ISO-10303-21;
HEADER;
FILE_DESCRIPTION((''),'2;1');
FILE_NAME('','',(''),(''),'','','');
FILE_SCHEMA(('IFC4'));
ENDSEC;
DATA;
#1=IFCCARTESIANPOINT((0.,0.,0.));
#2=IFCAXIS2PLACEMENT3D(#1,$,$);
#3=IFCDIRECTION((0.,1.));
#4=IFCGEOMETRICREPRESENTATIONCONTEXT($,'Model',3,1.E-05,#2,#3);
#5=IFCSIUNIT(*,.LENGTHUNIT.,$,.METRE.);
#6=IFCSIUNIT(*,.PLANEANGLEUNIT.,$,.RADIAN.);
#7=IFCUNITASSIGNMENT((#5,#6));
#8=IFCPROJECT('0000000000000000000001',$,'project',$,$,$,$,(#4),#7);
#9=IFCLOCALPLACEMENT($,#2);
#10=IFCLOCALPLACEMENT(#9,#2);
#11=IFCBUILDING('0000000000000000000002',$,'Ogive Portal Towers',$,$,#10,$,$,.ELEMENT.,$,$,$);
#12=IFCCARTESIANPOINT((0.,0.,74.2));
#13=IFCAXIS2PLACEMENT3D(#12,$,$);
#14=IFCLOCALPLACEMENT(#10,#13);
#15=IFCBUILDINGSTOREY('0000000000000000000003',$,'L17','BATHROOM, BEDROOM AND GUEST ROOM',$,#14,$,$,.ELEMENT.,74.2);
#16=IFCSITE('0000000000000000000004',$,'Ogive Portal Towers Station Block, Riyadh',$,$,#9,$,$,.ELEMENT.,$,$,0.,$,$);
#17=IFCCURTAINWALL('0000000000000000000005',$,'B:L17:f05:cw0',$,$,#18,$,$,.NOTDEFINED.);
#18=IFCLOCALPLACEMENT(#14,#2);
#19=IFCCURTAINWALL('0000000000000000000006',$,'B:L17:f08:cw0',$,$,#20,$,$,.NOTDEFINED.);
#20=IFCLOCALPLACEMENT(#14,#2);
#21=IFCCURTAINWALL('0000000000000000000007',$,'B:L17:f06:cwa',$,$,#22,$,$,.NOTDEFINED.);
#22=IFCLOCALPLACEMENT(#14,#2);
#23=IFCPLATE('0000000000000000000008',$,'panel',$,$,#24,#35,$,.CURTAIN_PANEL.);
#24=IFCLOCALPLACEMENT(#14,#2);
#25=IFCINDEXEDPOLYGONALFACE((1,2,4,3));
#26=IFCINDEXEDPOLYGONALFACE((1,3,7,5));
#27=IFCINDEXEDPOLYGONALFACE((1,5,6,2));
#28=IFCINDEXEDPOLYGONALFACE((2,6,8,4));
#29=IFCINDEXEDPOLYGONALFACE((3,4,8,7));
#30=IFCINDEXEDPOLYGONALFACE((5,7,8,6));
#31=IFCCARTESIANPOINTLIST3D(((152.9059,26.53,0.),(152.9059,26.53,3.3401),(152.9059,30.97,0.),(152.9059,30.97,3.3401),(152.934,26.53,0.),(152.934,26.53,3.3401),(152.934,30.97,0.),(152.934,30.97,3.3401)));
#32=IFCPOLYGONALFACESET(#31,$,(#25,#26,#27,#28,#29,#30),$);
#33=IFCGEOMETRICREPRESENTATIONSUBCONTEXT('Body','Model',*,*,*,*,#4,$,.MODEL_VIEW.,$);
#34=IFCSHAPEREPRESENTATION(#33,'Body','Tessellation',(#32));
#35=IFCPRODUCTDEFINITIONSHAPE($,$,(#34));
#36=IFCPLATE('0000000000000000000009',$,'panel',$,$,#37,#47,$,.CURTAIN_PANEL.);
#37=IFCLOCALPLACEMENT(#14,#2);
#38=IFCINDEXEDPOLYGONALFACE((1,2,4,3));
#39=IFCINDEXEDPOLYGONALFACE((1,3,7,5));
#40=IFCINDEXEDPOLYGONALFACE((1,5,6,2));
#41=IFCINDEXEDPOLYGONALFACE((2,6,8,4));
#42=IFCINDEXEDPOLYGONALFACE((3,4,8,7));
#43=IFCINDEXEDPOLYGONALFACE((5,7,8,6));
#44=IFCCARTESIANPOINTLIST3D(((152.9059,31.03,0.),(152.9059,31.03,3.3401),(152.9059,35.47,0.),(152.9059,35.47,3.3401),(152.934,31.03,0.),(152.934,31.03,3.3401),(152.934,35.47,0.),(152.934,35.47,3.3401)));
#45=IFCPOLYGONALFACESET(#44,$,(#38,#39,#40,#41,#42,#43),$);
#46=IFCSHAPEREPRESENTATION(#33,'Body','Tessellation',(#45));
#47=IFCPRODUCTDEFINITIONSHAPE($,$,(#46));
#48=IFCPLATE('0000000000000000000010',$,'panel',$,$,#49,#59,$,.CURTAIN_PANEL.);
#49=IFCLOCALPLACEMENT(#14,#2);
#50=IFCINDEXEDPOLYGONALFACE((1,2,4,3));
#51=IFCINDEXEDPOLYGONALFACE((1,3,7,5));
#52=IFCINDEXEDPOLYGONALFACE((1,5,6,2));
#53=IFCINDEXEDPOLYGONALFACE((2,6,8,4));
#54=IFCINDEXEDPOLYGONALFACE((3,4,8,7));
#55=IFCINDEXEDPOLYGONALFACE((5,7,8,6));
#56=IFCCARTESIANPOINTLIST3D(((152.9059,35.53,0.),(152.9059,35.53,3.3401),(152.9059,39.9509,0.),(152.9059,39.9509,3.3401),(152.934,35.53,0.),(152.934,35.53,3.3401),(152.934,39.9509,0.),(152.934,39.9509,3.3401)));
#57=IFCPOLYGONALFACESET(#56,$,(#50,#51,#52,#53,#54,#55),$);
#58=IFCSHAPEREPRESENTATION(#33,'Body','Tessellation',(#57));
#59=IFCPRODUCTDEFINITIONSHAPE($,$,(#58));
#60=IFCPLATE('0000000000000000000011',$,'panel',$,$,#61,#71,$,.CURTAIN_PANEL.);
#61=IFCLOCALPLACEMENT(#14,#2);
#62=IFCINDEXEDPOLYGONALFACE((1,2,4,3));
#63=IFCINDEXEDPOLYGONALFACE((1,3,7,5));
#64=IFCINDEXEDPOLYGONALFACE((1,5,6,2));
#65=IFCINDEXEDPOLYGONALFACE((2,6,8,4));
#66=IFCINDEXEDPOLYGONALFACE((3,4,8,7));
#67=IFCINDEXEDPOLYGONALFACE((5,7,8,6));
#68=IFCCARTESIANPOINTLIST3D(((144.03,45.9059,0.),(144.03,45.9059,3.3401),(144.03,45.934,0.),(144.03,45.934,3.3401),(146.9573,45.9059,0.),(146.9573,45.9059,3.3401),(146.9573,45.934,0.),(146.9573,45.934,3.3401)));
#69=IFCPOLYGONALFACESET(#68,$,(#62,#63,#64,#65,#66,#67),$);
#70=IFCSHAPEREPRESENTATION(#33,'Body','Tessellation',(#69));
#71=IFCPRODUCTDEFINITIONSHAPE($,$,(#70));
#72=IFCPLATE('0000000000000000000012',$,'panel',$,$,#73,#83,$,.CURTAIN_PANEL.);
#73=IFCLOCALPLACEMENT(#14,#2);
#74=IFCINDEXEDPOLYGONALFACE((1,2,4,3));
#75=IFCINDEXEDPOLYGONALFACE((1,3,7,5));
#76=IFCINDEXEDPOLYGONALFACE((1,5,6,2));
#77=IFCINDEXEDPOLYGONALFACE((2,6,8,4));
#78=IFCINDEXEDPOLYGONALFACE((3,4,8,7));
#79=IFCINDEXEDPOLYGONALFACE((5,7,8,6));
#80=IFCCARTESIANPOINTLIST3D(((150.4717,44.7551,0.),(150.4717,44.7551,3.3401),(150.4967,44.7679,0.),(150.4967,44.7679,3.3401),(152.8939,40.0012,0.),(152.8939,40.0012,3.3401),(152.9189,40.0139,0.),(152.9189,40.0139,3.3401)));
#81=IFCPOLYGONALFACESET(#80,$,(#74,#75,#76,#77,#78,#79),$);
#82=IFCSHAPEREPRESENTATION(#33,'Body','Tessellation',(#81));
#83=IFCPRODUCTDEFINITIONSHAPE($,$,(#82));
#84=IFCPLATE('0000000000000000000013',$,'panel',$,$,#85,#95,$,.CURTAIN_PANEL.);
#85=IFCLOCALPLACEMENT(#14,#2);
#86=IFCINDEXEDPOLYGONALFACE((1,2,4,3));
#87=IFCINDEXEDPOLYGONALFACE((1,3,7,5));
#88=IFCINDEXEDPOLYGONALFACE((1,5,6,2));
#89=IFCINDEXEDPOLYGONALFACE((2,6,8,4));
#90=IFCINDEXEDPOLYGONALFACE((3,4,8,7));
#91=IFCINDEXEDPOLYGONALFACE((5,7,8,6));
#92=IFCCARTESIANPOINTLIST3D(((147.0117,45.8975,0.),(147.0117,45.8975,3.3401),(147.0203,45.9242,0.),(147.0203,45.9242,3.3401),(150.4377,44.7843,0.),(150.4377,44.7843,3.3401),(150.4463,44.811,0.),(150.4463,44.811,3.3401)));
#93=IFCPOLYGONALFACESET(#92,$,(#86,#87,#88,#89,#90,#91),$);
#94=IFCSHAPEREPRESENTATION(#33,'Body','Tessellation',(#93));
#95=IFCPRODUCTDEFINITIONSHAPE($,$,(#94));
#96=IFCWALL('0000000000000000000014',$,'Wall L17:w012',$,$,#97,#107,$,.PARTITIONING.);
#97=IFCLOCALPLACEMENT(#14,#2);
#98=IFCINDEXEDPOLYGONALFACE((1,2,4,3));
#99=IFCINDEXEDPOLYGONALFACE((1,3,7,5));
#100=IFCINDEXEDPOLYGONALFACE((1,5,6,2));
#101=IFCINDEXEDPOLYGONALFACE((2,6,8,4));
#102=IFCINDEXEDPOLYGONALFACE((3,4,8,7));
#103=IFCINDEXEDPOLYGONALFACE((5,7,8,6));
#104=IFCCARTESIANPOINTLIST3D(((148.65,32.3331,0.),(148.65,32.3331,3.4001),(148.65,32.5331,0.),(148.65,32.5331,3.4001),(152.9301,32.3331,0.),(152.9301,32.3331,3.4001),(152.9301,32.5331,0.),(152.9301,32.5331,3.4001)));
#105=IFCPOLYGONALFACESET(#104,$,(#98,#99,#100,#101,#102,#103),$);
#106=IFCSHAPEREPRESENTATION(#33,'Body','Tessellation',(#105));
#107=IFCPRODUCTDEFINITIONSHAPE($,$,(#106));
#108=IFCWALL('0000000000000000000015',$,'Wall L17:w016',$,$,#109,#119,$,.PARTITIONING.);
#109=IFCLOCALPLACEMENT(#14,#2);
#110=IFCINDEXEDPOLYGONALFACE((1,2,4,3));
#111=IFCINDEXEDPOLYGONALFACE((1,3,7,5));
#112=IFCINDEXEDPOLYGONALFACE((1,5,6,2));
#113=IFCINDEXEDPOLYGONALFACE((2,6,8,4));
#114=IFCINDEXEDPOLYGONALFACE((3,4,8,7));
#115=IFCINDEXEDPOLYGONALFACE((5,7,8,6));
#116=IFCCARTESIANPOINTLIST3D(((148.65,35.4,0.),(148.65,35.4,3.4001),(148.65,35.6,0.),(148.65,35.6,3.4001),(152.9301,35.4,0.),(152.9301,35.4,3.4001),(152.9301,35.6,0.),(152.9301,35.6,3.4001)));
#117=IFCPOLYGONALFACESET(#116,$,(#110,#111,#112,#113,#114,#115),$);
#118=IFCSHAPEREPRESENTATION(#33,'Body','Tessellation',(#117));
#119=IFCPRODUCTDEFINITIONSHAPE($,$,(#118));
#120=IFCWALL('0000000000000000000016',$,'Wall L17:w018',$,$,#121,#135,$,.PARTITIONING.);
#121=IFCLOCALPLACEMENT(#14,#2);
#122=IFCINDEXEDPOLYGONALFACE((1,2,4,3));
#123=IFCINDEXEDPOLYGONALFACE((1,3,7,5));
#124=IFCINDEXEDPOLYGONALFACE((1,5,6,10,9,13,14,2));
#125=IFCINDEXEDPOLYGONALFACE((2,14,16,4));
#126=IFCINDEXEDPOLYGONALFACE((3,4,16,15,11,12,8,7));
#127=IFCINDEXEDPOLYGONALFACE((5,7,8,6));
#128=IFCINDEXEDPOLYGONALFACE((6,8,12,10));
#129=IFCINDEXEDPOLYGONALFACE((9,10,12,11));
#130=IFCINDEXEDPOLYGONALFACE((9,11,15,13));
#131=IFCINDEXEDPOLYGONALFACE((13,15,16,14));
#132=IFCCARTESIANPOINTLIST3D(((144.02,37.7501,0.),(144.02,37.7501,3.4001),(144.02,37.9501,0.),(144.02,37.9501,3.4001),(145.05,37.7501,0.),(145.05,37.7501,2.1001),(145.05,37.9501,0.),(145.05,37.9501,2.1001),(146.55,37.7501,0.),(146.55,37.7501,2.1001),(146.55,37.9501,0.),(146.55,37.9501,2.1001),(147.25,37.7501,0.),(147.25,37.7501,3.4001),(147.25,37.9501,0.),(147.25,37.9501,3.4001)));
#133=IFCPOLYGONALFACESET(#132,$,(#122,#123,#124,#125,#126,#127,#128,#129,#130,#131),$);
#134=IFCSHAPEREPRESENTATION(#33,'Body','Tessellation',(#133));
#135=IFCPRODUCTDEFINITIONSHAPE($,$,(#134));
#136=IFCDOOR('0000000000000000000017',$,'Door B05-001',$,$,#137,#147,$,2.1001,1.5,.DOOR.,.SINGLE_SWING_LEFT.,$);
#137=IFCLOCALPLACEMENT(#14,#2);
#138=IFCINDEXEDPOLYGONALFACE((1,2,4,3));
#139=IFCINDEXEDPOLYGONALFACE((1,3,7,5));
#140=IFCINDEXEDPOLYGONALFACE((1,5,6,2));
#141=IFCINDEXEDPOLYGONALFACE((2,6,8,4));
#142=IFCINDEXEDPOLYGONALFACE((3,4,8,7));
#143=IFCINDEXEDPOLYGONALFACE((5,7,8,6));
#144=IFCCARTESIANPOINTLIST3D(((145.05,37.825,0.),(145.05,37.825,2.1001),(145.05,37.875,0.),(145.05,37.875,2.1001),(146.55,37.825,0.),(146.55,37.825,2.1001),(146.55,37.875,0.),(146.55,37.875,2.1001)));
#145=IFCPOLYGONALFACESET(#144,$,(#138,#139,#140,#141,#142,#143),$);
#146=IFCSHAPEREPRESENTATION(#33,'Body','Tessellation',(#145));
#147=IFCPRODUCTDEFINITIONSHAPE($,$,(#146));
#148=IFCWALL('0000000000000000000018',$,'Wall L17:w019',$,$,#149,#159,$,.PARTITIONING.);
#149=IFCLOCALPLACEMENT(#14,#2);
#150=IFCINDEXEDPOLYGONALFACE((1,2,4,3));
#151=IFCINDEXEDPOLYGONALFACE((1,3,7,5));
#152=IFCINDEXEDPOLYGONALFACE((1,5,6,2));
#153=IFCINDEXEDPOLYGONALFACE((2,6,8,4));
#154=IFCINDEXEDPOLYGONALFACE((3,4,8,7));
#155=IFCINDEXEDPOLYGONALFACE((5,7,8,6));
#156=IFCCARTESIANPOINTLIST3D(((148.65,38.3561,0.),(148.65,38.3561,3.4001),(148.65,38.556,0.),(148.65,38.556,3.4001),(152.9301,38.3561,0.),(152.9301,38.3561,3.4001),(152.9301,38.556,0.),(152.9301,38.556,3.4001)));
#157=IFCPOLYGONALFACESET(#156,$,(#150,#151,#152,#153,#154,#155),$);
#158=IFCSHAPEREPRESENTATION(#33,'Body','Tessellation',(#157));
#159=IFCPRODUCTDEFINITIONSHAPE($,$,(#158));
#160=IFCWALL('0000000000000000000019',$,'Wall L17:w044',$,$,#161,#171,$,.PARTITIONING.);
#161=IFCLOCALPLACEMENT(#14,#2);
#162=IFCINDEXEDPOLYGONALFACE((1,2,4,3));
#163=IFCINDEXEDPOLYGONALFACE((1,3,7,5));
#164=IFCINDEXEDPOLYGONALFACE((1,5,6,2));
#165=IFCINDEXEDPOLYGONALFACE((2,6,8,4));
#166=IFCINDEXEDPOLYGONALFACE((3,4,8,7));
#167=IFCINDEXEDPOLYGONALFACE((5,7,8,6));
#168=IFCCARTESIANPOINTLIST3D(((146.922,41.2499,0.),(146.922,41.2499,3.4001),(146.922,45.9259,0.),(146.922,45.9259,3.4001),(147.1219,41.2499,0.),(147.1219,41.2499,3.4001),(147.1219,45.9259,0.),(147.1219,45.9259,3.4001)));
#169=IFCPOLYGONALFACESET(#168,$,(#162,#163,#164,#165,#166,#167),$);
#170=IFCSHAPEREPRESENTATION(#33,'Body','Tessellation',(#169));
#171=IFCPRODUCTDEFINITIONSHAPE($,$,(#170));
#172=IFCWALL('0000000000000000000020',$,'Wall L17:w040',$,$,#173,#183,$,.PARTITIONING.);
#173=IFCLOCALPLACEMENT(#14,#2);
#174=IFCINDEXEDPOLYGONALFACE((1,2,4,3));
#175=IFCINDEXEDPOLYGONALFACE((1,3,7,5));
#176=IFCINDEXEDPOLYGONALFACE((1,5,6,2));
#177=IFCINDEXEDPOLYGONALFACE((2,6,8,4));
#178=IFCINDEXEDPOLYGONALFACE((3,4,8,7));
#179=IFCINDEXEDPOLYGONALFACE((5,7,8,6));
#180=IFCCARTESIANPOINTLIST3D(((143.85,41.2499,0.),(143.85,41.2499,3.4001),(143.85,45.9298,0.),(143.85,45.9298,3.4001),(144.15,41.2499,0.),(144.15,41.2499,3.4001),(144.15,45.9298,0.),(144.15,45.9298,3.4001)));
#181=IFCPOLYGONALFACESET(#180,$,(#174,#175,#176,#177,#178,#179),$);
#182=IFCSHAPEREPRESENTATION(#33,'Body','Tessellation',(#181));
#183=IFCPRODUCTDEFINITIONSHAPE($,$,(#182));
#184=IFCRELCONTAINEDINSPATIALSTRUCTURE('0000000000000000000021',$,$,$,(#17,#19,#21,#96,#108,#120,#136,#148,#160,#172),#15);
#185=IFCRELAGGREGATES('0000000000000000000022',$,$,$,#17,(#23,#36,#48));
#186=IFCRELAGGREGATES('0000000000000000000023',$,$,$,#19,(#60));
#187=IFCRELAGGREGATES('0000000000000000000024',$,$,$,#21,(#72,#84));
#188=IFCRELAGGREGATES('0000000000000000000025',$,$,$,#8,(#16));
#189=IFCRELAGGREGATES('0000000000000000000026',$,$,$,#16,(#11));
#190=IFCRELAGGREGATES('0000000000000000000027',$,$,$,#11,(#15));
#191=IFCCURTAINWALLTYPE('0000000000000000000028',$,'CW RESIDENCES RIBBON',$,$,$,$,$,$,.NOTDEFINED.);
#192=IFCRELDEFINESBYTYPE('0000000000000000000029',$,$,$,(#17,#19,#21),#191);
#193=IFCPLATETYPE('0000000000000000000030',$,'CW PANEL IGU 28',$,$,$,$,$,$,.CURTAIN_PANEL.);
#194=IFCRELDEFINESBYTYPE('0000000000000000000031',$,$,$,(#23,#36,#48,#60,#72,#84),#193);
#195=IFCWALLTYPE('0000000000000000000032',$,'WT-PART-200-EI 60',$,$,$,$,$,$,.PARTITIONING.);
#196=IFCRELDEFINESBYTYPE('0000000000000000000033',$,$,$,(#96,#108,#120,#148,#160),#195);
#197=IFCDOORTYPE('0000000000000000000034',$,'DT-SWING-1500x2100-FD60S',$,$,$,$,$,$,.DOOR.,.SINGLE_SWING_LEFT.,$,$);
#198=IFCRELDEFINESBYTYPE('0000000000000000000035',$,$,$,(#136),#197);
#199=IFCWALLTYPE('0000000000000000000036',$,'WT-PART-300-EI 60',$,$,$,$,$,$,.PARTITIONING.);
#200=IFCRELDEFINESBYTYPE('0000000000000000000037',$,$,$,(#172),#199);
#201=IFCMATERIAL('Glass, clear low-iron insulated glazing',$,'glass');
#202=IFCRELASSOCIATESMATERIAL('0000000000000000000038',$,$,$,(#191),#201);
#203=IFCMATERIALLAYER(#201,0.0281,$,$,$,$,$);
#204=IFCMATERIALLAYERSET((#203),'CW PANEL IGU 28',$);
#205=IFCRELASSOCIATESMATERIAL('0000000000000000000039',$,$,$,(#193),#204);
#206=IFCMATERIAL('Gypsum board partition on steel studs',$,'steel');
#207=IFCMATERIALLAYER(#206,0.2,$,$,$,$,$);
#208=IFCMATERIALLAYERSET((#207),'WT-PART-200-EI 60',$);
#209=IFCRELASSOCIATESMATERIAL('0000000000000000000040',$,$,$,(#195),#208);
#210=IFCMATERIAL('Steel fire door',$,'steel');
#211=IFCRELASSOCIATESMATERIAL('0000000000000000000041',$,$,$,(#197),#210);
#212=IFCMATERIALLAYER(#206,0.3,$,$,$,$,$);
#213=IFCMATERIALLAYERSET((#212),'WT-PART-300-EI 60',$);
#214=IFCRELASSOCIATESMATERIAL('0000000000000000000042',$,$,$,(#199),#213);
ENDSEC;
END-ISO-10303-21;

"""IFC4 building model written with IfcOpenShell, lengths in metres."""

from ifc_helpers import new_model, si_unit, direction, frame, frame_2d, origin, origin_2d, place, context, subcontext, project, spatial, rectangle, extrude, material, layer, layer_set, type_object, element, fill, aggregate, save


model = new_model("IFC4")

# Units and contexts
model_context = context("Model", 3, precision=1e-05, world=origin(), true_north=direction((0.0, 1.0)))
body_context = subcontext(model_context, "Body", "Model", "MODEL_VIEW")
ifc_project = project(units=[si_unit("LENGTHUNIT", "METRE"), si_unit("PLANEANGLEUNIT", "RADIAN")], contexts=[model_context])

# Site, building, storey
site_placement = place(None, origin())
site = spatial("IfcSite", under=ifc_project, at=site_placement, Name="Ogive Portal Towers Station Block, Riyadh", CompositionType="ELEMENT", RefElevation=0.0)
building_placement = place(site_placement, origin())
building = spatial("IfcBuilding", under=site, at=building_placement, Name="Ogive Portal Towers", CompositionType="ELEMENT")
storey_placement = place(building_placement, frame((0.0, 0.0, 74.2)))
storey = spatial("IfcBuildingStorey", under=building, at=storey_placement, Name="L17", Description="BATHROOM, BEDROOM AND GUEST ROOM", CompositionType="ELEMENT", Elevation=74.2)

# Curtain walls
ifc_material_1 = material(Name="Glass, clear low-iron insulated glazing", Category="glass")
curtain_wall_type = type_object("IfcCurtainWallType", Name="CW RESIDENCES RIBBON", PredefinedType="NOTDEFINED", material=ifc_material_1)
curtain_wall_1_placement = place(storey_placement, origin())
curtain_wall_1 = element("IfcCurtainWall", 1, at=curtain_wall_1_placement, inside=storey, type_object=curtain_wall_type, Name="B:L17:f05:cw0", PredefinedType="NOTDEFINED")
curtain_wall_2_placement = place(storey_placement, origin())
curtain_wall_2 = element("IfcCurtainWall", 2, at=curtain_wall_2_placement, inside=storey, type_object=curtain_wall_type, Name="B:L17:f08:cw0", PredefinedType="NOTDEFINED")

# Curtain wall
curtain_wall_3_placement = place(storey_placement, origin())
curtain_wall_3 = element("IfcCurtainWall", 3, at=curtain_wall_3_placement, inside=storey, type_object=curtain_wall_type, Name="B:L17:f06:cwa", PredefinedType="NOTDEFINED")

# Plates
ifc_layer_1 = layer(ifc_material_1, 0.0281)
ifc_layer_set_1 = layer_set([ifc_layer_1], Name="CW PANEL IGU 28")
plate_type = type_object("IfcPlateType", Name="CW PANEL IGU 28", PredefinedType="CURTAIN_PANEL", material=ifc_layer_set_1)
plate_1_placement = place(storey_placement, frame((152.9199, 28.75, 0.0), z_axis=(0.0, 0.0, 1.0), x_axis=(0.0, 1.0, 0.0)))
plate_1 = element("IfcPlate", 4, at=plate_1_placement, type_object=plate_type, Name="panel", PredefinedType="CURTAIN_PANEL", context=body_context, shape_type="SweptSolid", body=[
    extrude(rectangle(XDim=4.4399, YDim=0.0281, at=origin_2d()), origin(), (0.0, 0.0, 1.0), 3.3401),
])
plate_2_placement = place(storey_placement, frame((152.9199, 33.25, 0.0), z_axis=(0.0, 0.0, 1.0), x_axis=(0.0, 1.0, 0.0)))
plate_2 = element("IfcPlate", 5, at=plate_2_placement, type_object=plate_type, Name="panel", PredefinedType="CURTAIN_PANEL", context=body_context, shape_type="SweptSolid", body=[
    extrude(rectangle(XDim=4.4399, YDim=0.0281, at=origin_2d()), origin(), (0.0, 0.0, 1.0), 3.3401),
])
plate_3_placement = place(storey_placement, frame((152.9199, 37.7405, 0.0), z_axis=(0.0, 0.0, 1.0), x_axis=(0.0, 1.0, 0.0)))
plate_3 = element("IfcPlate", 6, at=plate_3_placement, type_object=plate_type, Name="panel", PredefinedType="CURTAIN_PANEL", context=body_context, shape_type="SweptSolid", body=[
    extrude(rectangle(XDim=4.4209, YDim=0.0281, at=origin_2d()), origin(), (0.0, 0.0, 1.0), 3.3401),
])
aggregate(curtain_wall_1, [plate_1, plate_2, plate_3])
plate_4_placement = place(storey_placement, frame((145.4937, 45.9199, 0.0), z_axis=(0.0, 0.0, 1.0), x_axis=(-1.0, 0.0, 0.0)))
plate_4 = element("IfcPlate", 7, at=plate_4_placement, type_object=plate_type, Name="panel", PredefinedType="CURTAIN_PANEL", context=body_context, shape_type="SweptSolid", body=[
    extrude(rectangle(XDim=2.9272, YDim=0.0281, at=origin_2d()), origin(), (0.0, 0.0, 1.0), 3.3401),
])
aggregate(curtain_wall_2, [plate_4])
plate_5_placement = place(storey_placement, frame((151.6953, 42.3845, 0.0), z_axis=(0.0, 0.0, 1.0), x_axis=(-0.45399, 0.891007, 0.0)))
plate_5 = element("IfcPlate", 8, at=plate_5_placement, type_object=plate_type, Name="panel", PredefinedType="CURTAIN_PANEL", context=body_context, shape_type="SweptSolid", body=[
    extrude(rectangle(XDim=5.3354, YDim=0.0281, at=origin_2d()), origin(), (0.0, 0.0, 1.0), 3.3401),
])
plate_6_placement = place(storey_placement, frame((148.729, 45.3542, 0.0), z_axis=(0.0, 0.0, 1.0), x_axis=(-0.951057, 0.309017, 0.0)))
plate_6 = element("IfcPlate", 9, at=plate_6_placement, type_object=plate_type, Name="panel", PredefinedType="CURTAIN_PANEL", context=body_context, shape_type="SweptSolid", body=[
    extrude(rectangle(XDim=3.6023, YDim=0.0281, at=origin_2d()), origin(), (0.0, 0.0, 1.0), 3.3401),
])
aggregate(curtain_wall_3, [plate_5, plate_6])

# Walls
ifc_material_2 = material(Name="Gypsum board partition on steel studs", Category="steel")
ifc_layer_2 = layer(ifc_material_2, 0.2)
ifc_layer_set_2 = layer_set([ifc_layer_2], Name="WT-PART-200-EI 60")
wall_type_1 = type_object("IfcWallType", Name="WT-PART-200-EI 60", PredefinedType="PARTITIONING", material=ifc_layer_set_2)
for number, where, z_axis, x_axis, name in (
    (10, (148.6499, 32.4331, 0.0), (0.0, 0.0, 1.0), (1.0, 0.0, 0.0), "Wall L17:w012"),
    (11, (148.6499, 35.5, 0.0), (0.0, 0.0, 1.0), (1.0, 0.0, 0.0), "Wall L17:w016"),
):
    element("IfcWall", number, at=place(storey_placement, frame(where, z_axis=z_axis, x_axis=x_axis)), inside=storey, type_object=wall_type_1, Name=name, PredefinedType="PARTITIONING", context=body_context, shape_type="SweptSolid", body=[
        extrude(rectangle(XDim=4.28, YDim=0.2, at=frame_2d((2.1401, 0.0))), origin(), (0.0, 0.0, 1.0), 3.4001),
    ])

# Wall, opening, door
wall_1_placement = place(storey_placement, frame((144.02, 37.8501, 0.0), z_axis=(0.0, 0.0, 1.0), x_axis=(1.0, 0.0, 0.0)))
wall_1 = element("IfcWall", 12, at=wall_1_placement, inside=storey, type_object=wall_type_1, Name="Wall L17:w018", PredefinedType="PARTITIONING", context=body_context, shape_type="SweptSolid", body=[
    extrude(rectangle(XDim=3.23, YDim=0.2, at=frame_2d((1.615, 0.0))), origin(), (0.0, 0.0, 1.0), 3.4001),
])
opening_placement = place(wall_1_placement, frame((1.03, 0.0, 0.0)))
opening = element("IfcOpeningElement", 13, at=opening_placement, cuts=wall_1, PredefinedType="OPENING", context=body_context, shape_type="SweptSolid", body=[
    extrude(rectangle(XDim=1.5, YDim=2.1001, at=frame_2d((0.75, 1.05))), frame((0.0, 0.1099, 0.0), z_axis=(0.0, -1.0, 0.0), x_axis=(1.0, 0.0, 0.0)), (0.0, 0.0, 1.0), 0.22),
])
ifc_material_3 = material(Name="Steel fire door", Category="steel")
door_type = type_object("IfcDoorType", Name="DT-SWING-1500x2100-FD60S", OperationType="SINGLE_SWING_LEFT", PredefinedType="DOOR", material=ifc_material_3)
door_placement = place(opening_placement, origin())
door = element("IfcDoor", 14, at=door_placement, inside=storey, type_object=door_type, Name="Door B05-001", OperationType="SINGLE_SWING_LEFT", OverallHeight=2.1001, OverallWidth=1.5, PredefinedType="DOOR", context=body_context, shape_type="SweptSolid", body=[
    extrude(rectangle(XDim=1.5, YDim=2.1001, at=frame_2d((0.75, 1.05))), frame((0.0, 0.0249, 0.0), z_axis=(0.0, -1.0, 0.0), x_axis=(1.0, 0.0, 0.0)), (0.0, 0.0, 1.0), 0.05),
])
fill(opening, door)

# Walls
wall_2_placement = place(storey_placement, frame((148.6499, 38.4561, 0.0), z_axis=(0.0, 0.0, 1.0), x_axis=(1.0, 0.0, 0.0)))
element("IfcWall", 15, at=wall_2_placement, inside=storey, type_object=wall_type_1, Name="Wall L17:w019", PredefinedType="PARTITIONING", context=body_context, shape_type="SweptSolid", body=[
    extrude(rectangle(XDim=4.28, YDim=0.2, at=frame_2d((2.1401, 0.0))), origin(), (0.0, 0.0, 1.0), 3.4001),
])
wall_3_placement = place(storey_placement, frame((147.022, 41.25, 0.0), z_axis=(0.0, 0.0, 1.0), x_axis=(0.0, 1.0, 0.0)))
element("IfcWall", 16, at=wall_3_placement, inside=storey, type_object=wall_type_1, Name="Wall L17:w044", PredefinedType="PARTITIONING", context=body_context, shape_type="SweptSolid", body=[
    extrude(rectangle(XDim=4.676, YDim=0.2, at=frame_2d((2.3379, 0.0))), origin(), (0.0, 0.0, 1.0), 3.4001),
])
ifc_layer_3 = layer(ifc_material_2, 0.3)
ifc_layer_set_3 = layer_set([ifc_layer_3], Name="WT-PART-300-EI 60")
wall_type_2 = type_object("IfcWallType", Name="WT-PART-300-EI 60", PredefinedType="PARTITIONING", material=ifc_layer_set_3)
wall_4_placement = place(storey_placement, frame((144.0, 41.25, 0.0), z_axis=(0.0, 0.0, 1.0), x_axis=(0.0, 1.0, 0.0)))
element("IfcWall", 17, at=wall_4_placement, inside=storey, type_object=wall_type_2, Name="Wall L17:w040", PredefinedType="PARTITIONING", context=body_context, shape_type="SweptSolid", body=[
    extrude(rectangle(XDim=4.6799, YDim=0.3, at=frame_2d((2.3398, 0.0))), origin(), (0.0, 0.0, 1.0), 3.4001),
])

save(model, "model.ifc")
